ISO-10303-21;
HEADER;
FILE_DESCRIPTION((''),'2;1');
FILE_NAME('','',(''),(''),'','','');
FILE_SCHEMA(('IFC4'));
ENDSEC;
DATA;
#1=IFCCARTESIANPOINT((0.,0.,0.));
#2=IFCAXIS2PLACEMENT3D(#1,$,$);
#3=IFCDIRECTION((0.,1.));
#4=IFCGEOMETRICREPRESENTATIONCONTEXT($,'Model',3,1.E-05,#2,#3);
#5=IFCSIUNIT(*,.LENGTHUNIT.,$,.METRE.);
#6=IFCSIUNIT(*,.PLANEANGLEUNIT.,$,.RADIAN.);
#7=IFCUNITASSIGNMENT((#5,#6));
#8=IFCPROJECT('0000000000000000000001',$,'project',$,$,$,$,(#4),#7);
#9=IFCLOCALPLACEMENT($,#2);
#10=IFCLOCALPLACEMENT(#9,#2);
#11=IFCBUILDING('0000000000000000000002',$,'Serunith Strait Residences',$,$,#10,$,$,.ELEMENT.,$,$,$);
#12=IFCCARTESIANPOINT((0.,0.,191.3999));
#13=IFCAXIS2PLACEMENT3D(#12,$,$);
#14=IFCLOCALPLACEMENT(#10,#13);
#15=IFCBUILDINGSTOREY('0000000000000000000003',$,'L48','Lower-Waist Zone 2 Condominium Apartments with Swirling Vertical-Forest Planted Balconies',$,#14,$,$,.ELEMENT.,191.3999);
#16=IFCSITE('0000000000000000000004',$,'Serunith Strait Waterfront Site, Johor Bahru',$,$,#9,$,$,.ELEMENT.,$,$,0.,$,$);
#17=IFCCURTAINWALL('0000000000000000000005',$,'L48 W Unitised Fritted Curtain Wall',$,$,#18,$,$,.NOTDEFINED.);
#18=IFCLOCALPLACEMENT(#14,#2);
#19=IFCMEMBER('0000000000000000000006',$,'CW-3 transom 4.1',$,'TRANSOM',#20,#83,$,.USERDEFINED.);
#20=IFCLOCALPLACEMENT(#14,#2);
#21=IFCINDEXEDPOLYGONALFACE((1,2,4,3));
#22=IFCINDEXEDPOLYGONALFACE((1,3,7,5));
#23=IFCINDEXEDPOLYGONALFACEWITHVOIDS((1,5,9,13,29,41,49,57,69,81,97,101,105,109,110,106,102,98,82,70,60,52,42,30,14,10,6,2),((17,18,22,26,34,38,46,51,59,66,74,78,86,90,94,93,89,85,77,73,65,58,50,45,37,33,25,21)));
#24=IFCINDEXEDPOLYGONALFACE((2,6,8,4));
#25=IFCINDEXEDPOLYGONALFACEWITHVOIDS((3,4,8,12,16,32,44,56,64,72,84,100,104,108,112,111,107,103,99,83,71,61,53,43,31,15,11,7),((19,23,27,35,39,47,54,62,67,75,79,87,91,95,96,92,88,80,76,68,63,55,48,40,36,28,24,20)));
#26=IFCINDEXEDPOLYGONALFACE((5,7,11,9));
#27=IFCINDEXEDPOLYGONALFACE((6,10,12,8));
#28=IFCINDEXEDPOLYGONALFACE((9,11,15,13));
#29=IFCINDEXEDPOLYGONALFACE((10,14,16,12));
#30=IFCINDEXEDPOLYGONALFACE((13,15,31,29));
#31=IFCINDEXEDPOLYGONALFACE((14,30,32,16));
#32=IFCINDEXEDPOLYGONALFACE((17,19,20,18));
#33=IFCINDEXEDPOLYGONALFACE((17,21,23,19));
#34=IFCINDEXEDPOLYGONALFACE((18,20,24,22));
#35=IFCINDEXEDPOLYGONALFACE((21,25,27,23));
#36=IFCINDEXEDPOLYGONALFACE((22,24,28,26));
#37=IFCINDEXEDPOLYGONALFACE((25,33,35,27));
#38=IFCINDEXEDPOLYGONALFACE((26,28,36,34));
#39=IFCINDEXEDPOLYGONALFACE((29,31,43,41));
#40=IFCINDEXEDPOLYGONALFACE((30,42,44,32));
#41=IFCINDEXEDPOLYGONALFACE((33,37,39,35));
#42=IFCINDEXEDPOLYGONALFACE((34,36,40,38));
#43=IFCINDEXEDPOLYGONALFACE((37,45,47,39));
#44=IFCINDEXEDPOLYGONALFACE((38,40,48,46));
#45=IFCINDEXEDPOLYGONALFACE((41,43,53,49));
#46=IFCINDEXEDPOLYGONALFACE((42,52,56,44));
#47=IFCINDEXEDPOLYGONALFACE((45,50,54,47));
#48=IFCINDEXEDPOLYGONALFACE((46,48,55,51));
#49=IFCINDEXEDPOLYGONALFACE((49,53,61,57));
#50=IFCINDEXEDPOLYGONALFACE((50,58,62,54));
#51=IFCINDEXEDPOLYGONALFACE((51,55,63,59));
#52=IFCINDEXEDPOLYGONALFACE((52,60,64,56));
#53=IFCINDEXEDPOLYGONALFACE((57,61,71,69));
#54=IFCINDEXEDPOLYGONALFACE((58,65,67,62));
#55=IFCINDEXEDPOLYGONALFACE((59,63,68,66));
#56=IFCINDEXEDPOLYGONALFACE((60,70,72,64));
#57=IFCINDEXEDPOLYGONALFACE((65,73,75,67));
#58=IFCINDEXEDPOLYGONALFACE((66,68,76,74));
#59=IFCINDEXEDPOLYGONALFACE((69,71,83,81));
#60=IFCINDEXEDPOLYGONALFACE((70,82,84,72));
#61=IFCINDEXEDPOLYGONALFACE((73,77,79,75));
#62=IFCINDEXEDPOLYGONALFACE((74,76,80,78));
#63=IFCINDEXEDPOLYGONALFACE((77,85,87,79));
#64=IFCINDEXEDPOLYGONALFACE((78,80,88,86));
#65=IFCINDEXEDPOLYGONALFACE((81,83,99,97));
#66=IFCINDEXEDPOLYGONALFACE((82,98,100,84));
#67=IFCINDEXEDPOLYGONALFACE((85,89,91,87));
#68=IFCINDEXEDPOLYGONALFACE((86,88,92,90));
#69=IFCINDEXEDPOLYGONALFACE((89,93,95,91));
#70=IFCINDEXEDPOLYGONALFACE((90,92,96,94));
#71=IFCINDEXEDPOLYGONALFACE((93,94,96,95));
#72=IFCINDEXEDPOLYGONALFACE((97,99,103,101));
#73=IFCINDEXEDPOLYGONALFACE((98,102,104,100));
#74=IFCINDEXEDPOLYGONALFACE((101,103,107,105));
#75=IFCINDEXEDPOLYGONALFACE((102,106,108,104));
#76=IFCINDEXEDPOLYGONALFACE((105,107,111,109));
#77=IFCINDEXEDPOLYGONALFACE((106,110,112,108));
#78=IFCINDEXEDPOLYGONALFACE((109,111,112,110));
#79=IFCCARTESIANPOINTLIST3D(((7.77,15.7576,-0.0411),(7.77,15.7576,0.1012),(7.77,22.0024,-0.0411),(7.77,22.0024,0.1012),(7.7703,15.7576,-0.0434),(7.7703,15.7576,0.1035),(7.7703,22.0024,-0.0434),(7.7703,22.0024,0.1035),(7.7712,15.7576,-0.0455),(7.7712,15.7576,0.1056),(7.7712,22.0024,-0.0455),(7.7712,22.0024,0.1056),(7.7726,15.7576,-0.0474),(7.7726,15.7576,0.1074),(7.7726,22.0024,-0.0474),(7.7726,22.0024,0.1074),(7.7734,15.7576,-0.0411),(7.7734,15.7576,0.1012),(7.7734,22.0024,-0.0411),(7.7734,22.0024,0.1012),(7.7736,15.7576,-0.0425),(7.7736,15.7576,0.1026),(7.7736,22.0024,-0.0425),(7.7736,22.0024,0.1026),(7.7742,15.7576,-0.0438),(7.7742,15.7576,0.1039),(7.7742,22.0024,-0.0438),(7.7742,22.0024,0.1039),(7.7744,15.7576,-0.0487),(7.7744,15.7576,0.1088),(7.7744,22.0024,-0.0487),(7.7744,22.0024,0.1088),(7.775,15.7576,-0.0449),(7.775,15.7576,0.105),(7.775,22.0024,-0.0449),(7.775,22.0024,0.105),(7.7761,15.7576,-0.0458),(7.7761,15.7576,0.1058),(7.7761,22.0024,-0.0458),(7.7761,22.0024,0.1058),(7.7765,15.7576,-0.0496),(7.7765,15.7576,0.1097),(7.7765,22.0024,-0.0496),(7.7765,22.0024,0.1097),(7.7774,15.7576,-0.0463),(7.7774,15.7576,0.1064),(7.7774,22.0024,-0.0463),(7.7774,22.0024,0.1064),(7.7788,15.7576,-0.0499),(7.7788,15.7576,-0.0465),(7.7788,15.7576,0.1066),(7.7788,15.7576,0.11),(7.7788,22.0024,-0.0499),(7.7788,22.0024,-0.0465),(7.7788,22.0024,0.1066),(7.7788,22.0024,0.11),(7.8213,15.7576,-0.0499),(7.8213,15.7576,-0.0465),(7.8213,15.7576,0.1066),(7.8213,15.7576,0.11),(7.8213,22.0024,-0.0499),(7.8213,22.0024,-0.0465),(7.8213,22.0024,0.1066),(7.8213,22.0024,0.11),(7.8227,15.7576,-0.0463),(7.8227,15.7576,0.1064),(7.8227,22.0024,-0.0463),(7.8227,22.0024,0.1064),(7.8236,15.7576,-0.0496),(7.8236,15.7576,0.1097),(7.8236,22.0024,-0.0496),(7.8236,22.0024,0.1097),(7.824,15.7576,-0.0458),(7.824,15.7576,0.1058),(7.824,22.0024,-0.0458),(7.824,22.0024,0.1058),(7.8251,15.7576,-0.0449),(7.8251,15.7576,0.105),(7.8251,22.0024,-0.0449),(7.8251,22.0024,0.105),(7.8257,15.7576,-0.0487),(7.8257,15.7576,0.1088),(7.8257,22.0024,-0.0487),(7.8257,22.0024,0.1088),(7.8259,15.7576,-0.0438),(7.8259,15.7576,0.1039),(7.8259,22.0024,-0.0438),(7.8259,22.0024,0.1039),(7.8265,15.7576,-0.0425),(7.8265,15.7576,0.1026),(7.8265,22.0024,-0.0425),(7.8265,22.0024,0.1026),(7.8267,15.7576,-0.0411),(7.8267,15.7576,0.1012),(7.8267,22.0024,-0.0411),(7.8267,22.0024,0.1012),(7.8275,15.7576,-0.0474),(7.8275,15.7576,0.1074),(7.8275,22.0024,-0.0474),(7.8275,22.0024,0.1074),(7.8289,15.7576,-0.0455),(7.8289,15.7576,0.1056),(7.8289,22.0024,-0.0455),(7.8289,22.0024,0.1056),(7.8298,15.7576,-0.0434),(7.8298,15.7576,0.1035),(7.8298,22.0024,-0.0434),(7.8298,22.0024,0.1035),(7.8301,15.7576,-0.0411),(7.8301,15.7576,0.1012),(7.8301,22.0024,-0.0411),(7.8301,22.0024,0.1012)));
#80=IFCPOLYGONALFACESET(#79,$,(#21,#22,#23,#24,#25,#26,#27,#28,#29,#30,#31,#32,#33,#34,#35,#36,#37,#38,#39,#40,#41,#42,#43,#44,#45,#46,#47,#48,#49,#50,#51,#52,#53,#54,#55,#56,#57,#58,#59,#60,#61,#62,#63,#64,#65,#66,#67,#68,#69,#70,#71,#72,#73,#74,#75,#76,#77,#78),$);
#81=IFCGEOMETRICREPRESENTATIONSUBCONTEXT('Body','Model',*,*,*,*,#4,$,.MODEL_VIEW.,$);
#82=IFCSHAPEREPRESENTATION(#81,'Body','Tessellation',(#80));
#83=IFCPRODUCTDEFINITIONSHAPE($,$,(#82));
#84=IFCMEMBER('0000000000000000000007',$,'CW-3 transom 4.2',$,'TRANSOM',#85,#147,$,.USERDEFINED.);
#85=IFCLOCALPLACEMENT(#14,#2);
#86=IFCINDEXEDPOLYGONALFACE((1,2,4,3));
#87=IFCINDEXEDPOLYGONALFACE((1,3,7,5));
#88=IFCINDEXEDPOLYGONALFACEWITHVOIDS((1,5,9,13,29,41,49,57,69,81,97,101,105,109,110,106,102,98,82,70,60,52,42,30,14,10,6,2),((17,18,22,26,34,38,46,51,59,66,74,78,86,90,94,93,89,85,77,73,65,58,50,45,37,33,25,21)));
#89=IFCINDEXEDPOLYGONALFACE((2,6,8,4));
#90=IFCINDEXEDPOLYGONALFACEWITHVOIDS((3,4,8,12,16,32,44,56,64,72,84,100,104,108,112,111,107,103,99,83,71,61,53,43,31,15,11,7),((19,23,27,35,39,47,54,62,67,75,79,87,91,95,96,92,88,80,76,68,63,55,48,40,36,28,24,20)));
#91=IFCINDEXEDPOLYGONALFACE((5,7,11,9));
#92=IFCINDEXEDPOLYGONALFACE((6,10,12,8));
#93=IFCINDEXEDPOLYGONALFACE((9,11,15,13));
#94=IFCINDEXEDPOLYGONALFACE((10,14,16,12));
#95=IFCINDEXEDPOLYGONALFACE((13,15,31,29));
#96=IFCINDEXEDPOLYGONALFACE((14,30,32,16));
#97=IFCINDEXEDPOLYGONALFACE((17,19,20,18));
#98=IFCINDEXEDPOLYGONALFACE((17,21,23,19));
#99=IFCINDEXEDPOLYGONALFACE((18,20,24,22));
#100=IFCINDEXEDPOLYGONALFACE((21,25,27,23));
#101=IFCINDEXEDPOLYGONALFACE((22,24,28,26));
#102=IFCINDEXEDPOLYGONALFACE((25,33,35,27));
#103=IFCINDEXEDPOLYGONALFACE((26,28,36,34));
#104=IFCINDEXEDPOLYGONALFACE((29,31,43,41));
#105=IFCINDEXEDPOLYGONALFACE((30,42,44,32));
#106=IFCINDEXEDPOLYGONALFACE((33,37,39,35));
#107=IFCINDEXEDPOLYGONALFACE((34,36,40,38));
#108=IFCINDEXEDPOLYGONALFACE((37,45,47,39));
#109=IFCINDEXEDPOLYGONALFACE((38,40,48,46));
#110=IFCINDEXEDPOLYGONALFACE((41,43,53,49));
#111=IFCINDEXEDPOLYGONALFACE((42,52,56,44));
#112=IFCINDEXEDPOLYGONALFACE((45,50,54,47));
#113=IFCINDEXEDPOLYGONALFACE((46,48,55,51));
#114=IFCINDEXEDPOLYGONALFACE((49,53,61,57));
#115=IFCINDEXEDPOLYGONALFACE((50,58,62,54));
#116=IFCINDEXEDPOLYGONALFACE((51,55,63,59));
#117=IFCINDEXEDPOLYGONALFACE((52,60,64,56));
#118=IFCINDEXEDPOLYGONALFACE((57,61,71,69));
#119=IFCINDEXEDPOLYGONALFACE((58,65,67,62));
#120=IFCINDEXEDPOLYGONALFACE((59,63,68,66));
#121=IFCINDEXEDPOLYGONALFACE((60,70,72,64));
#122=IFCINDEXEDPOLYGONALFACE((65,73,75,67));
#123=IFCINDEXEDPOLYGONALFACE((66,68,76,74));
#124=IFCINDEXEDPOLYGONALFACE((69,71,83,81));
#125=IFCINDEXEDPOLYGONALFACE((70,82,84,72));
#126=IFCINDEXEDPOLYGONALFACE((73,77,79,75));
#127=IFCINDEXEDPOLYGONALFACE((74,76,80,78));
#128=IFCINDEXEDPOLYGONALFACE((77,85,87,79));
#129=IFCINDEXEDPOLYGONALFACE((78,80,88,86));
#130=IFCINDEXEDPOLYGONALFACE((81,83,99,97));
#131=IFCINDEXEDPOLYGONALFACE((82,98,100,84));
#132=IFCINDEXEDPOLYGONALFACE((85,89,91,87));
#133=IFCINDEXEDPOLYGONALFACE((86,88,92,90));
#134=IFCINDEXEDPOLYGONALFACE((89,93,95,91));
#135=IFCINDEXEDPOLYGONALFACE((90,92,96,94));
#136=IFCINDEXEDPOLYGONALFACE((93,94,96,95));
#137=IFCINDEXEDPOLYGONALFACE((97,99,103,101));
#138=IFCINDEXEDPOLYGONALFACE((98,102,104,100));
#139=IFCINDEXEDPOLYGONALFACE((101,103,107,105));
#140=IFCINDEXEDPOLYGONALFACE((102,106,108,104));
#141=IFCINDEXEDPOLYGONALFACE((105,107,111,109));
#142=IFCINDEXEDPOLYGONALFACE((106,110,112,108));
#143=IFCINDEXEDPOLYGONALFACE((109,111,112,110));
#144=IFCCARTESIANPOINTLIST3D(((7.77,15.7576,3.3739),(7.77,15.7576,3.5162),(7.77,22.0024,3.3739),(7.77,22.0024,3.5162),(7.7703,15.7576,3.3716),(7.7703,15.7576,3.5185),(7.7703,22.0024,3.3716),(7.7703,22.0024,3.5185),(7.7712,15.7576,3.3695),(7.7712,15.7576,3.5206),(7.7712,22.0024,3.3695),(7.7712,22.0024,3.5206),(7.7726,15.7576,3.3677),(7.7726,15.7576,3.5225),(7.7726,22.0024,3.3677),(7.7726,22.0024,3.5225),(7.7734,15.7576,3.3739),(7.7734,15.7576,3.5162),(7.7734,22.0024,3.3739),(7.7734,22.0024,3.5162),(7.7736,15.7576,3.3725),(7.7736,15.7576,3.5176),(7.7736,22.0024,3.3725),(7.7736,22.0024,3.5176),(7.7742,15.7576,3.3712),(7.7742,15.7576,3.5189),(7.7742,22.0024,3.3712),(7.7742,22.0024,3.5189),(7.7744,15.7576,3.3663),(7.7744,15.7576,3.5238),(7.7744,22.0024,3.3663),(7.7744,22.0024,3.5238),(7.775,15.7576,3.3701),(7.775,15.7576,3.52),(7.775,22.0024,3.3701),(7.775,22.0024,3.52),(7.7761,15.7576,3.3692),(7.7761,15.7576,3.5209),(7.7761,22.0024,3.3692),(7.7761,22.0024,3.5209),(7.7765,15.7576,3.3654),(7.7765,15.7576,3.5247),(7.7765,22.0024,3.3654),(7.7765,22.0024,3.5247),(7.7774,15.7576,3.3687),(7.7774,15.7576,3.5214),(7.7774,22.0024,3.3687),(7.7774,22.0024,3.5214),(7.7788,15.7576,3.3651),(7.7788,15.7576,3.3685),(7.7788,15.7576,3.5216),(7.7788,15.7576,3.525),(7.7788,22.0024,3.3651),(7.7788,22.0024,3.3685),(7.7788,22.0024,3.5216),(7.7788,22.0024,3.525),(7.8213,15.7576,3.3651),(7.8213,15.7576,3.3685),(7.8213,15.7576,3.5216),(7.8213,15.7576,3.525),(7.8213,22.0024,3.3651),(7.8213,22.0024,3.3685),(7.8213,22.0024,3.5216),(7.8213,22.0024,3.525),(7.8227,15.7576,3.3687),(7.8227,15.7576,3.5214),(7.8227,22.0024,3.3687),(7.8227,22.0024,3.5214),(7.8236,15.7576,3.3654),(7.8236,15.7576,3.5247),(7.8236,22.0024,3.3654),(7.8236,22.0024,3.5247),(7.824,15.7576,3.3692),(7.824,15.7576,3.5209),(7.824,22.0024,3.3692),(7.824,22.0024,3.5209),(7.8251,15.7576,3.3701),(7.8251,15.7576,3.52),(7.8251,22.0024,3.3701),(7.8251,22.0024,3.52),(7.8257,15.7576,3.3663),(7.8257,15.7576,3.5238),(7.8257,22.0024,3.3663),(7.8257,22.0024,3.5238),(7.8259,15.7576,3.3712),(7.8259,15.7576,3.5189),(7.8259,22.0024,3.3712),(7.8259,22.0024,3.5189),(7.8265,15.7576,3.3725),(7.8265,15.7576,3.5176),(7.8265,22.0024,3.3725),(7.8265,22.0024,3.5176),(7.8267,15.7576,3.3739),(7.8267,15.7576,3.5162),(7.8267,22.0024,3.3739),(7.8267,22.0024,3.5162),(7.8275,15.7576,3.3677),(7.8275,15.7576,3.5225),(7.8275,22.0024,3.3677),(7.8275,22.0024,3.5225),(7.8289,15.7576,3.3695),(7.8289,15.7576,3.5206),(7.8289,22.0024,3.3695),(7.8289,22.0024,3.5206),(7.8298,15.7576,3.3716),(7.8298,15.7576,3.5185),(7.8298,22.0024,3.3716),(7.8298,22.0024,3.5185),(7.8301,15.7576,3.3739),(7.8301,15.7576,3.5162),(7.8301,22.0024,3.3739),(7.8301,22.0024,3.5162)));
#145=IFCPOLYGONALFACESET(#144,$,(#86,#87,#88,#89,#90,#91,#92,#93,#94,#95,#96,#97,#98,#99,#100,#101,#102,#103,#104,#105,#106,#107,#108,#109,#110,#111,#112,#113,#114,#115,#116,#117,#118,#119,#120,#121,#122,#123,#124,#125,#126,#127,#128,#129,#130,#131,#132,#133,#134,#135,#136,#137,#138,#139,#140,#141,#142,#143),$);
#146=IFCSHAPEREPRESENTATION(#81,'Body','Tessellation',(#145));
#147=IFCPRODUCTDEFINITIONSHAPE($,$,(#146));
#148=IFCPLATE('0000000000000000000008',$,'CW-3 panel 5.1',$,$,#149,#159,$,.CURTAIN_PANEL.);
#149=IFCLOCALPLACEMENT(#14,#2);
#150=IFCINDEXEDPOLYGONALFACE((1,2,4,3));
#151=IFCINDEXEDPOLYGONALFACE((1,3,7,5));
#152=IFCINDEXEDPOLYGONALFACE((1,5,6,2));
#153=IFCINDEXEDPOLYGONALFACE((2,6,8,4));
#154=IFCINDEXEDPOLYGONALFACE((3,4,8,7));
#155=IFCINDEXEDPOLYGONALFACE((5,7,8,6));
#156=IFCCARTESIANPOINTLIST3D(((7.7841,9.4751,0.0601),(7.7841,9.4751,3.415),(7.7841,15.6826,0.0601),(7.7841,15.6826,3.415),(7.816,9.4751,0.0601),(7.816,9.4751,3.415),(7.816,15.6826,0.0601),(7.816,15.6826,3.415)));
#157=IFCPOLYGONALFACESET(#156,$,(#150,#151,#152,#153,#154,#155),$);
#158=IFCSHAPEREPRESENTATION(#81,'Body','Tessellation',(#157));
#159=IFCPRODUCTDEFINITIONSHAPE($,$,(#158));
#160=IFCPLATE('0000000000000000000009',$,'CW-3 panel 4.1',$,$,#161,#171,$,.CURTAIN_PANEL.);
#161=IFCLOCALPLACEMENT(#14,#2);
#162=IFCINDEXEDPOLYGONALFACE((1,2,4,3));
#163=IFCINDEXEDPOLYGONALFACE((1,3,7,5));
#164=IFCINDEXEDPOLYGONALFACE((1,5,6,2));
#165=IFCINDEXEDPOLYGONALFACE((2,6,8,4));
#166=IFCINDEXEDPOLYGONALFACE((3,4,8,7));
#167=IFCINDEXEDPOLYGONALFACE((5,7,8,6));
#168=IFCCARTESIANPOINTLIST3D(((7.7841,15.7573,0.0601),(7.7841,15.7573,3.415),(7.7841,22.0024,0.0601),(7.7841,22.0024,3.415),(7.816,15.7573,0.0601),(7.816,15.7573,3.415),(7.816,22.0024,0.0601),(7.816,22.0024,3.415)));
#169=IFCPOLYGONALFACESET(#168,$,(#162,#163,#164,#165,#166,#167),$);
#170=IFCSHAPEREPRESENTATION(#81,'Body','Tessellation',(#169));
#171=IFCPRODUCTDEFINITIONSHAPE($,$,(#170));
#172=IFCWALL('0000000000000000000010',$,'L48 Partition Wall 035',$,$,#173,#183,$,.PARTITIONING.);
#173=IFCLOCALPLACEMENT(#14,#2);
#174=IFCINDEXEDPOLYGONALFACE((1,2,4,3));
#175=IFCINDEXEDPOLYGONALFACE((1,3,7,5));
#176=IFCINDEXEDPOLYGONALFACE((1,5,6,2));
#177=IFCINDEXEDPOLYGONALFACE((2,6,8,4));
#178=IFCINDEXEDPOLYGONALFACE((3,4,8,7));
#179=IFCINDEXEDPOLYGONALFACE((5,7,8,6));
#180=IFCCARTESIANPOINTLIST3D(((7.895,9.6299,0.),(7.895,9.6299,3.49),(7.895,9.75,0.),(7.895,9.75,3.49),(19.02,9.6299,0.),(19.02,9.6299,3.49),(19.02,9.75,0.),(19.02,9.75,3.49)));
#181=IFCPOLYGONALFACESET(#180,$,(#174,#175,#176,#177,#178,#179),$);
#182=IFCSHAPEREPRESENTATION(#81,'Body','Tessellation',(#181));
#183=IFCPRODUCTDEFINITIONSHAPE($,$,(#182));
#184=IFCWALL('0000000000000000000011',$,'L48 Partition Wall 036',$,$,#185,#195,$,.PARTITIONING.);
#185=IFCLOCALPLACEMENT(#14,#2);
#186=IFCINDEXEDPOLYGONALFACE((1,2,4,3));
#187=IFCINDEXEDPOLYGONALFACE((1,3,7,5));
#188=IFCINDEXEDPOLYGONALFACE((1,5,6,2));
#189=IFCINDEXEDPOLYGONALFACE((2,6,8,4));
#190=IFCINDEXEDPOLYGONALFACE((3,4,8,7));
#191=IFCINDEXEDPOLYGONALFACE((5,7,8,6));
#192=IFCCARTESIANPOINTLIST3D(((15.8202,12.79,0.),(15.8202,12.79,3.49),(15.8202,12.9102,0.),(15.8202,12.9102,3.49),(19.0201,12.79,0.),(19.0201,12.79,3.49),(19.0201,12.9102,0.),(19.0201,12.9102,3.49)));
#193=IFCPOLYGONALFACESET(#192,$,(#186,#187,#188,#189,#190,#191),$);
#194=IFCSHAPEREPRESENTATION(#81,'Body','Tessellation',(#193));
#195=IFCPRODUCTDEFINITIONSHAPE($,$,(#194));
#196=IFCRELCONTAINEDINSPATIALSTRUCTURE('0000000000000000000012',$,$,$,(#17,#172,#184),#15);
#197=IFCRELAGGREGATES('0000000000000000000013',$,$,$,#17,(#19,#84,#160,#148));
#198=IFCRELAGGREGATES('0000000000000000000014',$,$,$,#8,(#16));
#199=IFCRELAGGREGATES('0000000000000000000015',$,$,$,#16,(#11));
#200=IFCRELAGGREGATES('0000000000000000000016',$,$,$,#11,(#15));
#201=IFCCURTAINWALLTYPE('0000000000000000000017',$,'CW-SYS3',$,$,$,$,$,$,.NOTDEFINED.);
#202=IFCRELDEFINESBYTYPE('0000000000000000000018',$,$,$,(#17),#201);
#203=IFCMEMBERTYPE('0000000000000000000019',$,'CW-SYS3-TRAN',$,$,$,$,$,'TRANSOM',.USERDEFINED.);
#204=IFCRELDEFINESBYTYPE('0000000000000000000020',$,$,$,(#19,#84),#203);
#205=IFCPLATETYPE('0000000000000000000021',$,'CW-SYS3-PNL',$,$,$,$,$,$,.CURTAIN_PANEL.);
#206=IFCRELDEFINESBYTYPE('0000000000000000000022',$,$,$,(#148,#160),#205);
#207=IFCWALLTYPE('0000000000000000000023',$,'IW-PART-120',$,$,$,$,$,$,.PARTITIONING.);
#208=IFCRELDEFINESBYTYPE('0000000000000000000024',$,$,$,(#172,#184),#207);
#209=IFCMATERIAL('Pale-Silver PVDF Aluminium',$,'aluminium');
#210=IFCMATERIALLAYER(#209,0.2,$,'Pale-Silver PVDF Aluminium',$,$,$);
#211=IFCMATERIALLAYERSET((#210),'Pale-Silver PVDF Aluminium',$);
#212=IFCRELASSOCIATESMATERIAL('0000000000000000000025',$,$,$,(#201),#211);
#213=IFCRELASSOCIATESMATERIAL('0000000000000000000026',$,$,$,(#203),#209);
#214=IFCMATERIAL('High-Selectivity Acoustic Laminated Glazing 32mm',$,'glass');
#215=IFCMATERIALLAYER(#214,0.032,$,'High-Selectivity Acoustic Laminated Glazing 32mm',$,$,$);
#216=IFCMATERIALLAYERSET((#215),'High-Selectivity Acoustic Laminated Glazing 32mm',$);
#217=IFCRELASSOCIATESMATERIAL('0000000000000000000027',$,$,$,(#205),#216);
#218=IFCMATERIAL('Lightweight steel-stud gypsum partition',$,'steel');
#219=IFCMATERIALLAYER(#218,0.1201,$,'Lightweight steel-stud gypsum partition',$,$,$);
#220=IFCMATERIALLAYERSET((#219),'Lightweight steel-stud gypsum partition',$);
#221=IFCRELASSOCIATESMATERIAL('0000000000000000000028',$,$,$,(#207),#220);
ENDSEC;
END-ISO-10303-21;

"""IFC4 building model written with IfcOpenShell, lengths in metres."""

from ifc_helpers import new_model, si_unit, direction, frame, frame_2d, origin, origin_2d, place, context, subcontext, project, spatial, rectangle, hollow_rectangle, extrude, source, transform, mapped, material, layer, layer_set, material_profile, profile_set, type_object, element, aggregate, save


model = new_model("IFC4")

# Units and contexts
model_context = context("Model", 3, precision=1e-05, world=origin(), true_north=direction((0.0, 1.0)))
body_context = subcontext(model_context, "Body", "Model", "MODEL_VIEW")
ifc_project = project(units=[si_unit("LENGTHUNIT", "METRE"), si_unit("PLANEANGLEUNIT", "RADIAN")], contexts=[model_context])

# Site, building, storey
site_placement = place(None, origin())
site = spatial("IfcSite", under=ifc_project, at=site_placement, Name="Serunith Strait Waterfront Site, Johor Bahru", CompositionType="ELEMENT", RefElevation=0.0)
building_placement = place(site_placement, origin())
building = spatial("IfcBuilding", under=site, at=building_placement, Name="Serunith Strait Residences", CompositionType="ELEMENT")
storey_placement = place(building_placement, frame((0.0, 0.0, 191.3999)))
storey = spatial("IfcBuildingStorey", under=building, at=storey_placement, Name="L48", Description="Lower-Waist Zone 2 Condominium Apartments with Swirling Vertical-Forest Planted Balconies", CompositionType="ELEMENT", Elevation=191.3999)

# Curtain wall, members, plates
ifc_material_1 = material(Name="Pale-Silver PVDF Aluminium", Category="aluminium")
ifc_layer_1 = layer(ifc_material_1, 0.2, Name="Pale-Silver PVDF Aluminium")
ifc_layer_set_1 = layer_set([ifc_layer_1], Name="Pale-Silver PVDF Aluminium")
curtain_wall_type = type_object("IfcCurtainWallType", Name="CW-SYS3", PredefinedType="NOTDEFINED", material=ifc_layer_set_1)
curtain_wall_placement = place(storey_placement, origin())
curtain_wall = element("IfcCurtainWall", 1, at=curtain_wall_placement, inside=storey, type_object=curtain_wall_type, Name="L48 W Unitised Fritted Curtain Wall", PredefinedType="NOTDEFINED")
ifc_material_profile_1 = material_profile(ifc_material_1, hollow_rectangle(XDim=0.0601, YDim=0.1599, WallThickness=0.0034, InnerFilletRadius=0.0054, OuterFilletRadius=0.0088, at=origin_2d()), Name="ALU 160x60x3.5")
ifc_profile_set_1 = profile_set([ifc_material_profile_1], Name="Pale-Silver PVDF Aluminium")
member_type_1 = type_object("IfcMemberType", Name="CW-SYS3-TRAN", ElementType="TRANSOM", PredefinedType="USERDEFINED", material=ifc_profile_set_1)
shared_shape_1 = source(origin(), body_context, "Body", "SweptSolid", [
    extrude(hollow_rectangle(XDim=0.0601, YDim=0.1599, WallThickness=0.0034, InnerFilletRadius=0.0054, OuterFilletRadius=0.0088, at=origin_2d()), origin(), (0.0, 0.0, 1.0), 6.2449),
])
member_1_placement = place(storey_placement, frame((7.8, 22.0024, 0.03), z_axis=(0.0, -1.0, 0.0), x_axis=(1.0, 0.0, 0.0)))
member_1 = element("IfcMember", 2, at=member_1_placement, type_object=member_type_1, Name="CW-3 transom 4.1", ObjectType="TRANSOM", PredefinedType="USERDEFINED", context=body_context, shape_type="MappedRepresentation", body=[
    mapped(shared_shape_1, transform((0.0, 0.0, 0.0), scale=1.0)),
])
member_2_placement = place(storey_placement, frame((7.8, 22.0024, 3.4451), z_axis=(0.0, -1.0, 0.0), x_axis=(1.0, 0.0, 0.0)))
member_2 = element("IfcMember", 3, at=member_2_placement, type_object=member_type_1, Name="CW-3 transom 4.2", ObjectType="TRANSOM", PredefinedType="USERDEFINED", context=body_context, shape_type="MappedRepresentation", body=[
    mapped(shared_shape_1, transform((0.0, 0.0, 0.0), scale=1.0)),
])
ifc_material_2 = material(Name="High-Selectivity Acoustic Laminated Glazing 32mm", Category="glass")
ifc_layer_2 = layer(ifc_material_2, 0.032, Name="High-Selectivity Acoustic Laminated Glazing 32mm")
ifc_layer_set_2 = layer_set([ifc_layer_2], Name="High-Selectivity Acoustic Laminated Glazing 32mm")
plate_type = type_object("IfcPlateType", Name="CW-SYS3-PNL", PredefinedType="CURTAIN_PANEL", material=ifc_layer_set_2)
shared_shape_2 = source(origin(), body_context, "Body", "SweptSolid", [
    extrude(rectangle(XDim=6.2075, YDim=0.032, at=origin_2d()), origin(), (0.0, 0.0, 1.0), 3.355),
])
plate_1_placement = place(storey_placement, frame((7.8, 12.5789, 0.0601), z_axis=(0.0, 0.0, 1.0), x_axis=(0.0, -1.0, 0.0)))
plate_1 = element("IfcPlate", 4, at=plate_1_placement, type_object=plate_type, Name="CW-3 panel 5.1", PredefinedType="CURTAIN_PANEL", context=body_context, shape_type="MappedRepresentation", body=[
    mapped(shared_shape_2, transform((0.0, 0.0, 0.0), scale=1.0)),
])
shared_shape_3 = source(origin(), body_context, "Body", "SweptSolid", [
    extrude(rectangle(XDim=6.2451, YDim=0.032, at=origin_2d()), origin(), (0.0, 0.0, 1.0), 3.355),
])
plate_2_placement = place(storey_placement, frame((7.8, 18.8799, 0.0601), z_axis=(0.0, 0.0, 1.0), x_axis=(0.0, -1.0, 0.0)))
plate_2 = element("IfcPlate", 5, at=plate_2_placement, type_object=plate_type, Name="CW-3 panel 4.1", PredefinedType="CURTAIN_PANEL", context=body_context, shape_type="MappedRepresentation", body=[
    mapped(shared_shape_3, transform((0.0, 0.0, 0.0), scale=1.0)),
])
aggregate(curtain_wall, [member_1, member_2, plate_2, plate_1])

# Walls
ifc_material_3 = material(Name="Lightweight steel-stud gypsum partition", Category="steel")
ifc_layer_3 = layer(ifc_material_3, 0.1201, Name="Lightweight steel-stud gypsum partition")
ifc_layer_set_3 = layer_set([ifc_layer_3], Name="Lightweight steel-stud gypsum partition")
wall_type_1 = type_object("IfcWallType", Name="IW-PART-120", PredefinedType="PARTITIONING", material=ifc_layer_set_3)
wall_1_placement = place(storey_placement, frame((7.895, 9.6899, 0.0), z_axis=(0.0, 0.0, 1.0), x_axis=(1.0, 0.0, 0.0)))
element("IfcWall", 6, at=wall_1_placement, inside=storey, type_object=wall_type_1, Name="L48 Partition Wall 035", PredefinedType="PARTITIONING", context=body_context, shape_type="SweptSolid", body=[
    extrude(rectangle(XDim=11.125, YDim=0.1201, at=frame_2d((5.5625, 0.0))), origin(), (0.0, 0.0, 1.0), 3.49),
])
wall_2_placement = place(storey_placement, frame((15.8201, 12.8501, 0.0), z_axis=(0.0, 0.0, 1.0), x_axis=(1.0, 0.0, 0.0)))
element("IfcWall", 7, at=wall_2_placement, inside=storey, type_object=wall_type_1, Name="L48 Partition Wall 036", PredefinedType="PARTITIONING", context=body_context, shape_type="SweptSolid", body=[
    extrude(rectangle(XDim=3.2, YDim=0.1201, at=frame_2d((1.6001, 0.0))), origin(), (0.0, 0.0, 1.0), 3.49),
])

save(model, "model.ifc")
